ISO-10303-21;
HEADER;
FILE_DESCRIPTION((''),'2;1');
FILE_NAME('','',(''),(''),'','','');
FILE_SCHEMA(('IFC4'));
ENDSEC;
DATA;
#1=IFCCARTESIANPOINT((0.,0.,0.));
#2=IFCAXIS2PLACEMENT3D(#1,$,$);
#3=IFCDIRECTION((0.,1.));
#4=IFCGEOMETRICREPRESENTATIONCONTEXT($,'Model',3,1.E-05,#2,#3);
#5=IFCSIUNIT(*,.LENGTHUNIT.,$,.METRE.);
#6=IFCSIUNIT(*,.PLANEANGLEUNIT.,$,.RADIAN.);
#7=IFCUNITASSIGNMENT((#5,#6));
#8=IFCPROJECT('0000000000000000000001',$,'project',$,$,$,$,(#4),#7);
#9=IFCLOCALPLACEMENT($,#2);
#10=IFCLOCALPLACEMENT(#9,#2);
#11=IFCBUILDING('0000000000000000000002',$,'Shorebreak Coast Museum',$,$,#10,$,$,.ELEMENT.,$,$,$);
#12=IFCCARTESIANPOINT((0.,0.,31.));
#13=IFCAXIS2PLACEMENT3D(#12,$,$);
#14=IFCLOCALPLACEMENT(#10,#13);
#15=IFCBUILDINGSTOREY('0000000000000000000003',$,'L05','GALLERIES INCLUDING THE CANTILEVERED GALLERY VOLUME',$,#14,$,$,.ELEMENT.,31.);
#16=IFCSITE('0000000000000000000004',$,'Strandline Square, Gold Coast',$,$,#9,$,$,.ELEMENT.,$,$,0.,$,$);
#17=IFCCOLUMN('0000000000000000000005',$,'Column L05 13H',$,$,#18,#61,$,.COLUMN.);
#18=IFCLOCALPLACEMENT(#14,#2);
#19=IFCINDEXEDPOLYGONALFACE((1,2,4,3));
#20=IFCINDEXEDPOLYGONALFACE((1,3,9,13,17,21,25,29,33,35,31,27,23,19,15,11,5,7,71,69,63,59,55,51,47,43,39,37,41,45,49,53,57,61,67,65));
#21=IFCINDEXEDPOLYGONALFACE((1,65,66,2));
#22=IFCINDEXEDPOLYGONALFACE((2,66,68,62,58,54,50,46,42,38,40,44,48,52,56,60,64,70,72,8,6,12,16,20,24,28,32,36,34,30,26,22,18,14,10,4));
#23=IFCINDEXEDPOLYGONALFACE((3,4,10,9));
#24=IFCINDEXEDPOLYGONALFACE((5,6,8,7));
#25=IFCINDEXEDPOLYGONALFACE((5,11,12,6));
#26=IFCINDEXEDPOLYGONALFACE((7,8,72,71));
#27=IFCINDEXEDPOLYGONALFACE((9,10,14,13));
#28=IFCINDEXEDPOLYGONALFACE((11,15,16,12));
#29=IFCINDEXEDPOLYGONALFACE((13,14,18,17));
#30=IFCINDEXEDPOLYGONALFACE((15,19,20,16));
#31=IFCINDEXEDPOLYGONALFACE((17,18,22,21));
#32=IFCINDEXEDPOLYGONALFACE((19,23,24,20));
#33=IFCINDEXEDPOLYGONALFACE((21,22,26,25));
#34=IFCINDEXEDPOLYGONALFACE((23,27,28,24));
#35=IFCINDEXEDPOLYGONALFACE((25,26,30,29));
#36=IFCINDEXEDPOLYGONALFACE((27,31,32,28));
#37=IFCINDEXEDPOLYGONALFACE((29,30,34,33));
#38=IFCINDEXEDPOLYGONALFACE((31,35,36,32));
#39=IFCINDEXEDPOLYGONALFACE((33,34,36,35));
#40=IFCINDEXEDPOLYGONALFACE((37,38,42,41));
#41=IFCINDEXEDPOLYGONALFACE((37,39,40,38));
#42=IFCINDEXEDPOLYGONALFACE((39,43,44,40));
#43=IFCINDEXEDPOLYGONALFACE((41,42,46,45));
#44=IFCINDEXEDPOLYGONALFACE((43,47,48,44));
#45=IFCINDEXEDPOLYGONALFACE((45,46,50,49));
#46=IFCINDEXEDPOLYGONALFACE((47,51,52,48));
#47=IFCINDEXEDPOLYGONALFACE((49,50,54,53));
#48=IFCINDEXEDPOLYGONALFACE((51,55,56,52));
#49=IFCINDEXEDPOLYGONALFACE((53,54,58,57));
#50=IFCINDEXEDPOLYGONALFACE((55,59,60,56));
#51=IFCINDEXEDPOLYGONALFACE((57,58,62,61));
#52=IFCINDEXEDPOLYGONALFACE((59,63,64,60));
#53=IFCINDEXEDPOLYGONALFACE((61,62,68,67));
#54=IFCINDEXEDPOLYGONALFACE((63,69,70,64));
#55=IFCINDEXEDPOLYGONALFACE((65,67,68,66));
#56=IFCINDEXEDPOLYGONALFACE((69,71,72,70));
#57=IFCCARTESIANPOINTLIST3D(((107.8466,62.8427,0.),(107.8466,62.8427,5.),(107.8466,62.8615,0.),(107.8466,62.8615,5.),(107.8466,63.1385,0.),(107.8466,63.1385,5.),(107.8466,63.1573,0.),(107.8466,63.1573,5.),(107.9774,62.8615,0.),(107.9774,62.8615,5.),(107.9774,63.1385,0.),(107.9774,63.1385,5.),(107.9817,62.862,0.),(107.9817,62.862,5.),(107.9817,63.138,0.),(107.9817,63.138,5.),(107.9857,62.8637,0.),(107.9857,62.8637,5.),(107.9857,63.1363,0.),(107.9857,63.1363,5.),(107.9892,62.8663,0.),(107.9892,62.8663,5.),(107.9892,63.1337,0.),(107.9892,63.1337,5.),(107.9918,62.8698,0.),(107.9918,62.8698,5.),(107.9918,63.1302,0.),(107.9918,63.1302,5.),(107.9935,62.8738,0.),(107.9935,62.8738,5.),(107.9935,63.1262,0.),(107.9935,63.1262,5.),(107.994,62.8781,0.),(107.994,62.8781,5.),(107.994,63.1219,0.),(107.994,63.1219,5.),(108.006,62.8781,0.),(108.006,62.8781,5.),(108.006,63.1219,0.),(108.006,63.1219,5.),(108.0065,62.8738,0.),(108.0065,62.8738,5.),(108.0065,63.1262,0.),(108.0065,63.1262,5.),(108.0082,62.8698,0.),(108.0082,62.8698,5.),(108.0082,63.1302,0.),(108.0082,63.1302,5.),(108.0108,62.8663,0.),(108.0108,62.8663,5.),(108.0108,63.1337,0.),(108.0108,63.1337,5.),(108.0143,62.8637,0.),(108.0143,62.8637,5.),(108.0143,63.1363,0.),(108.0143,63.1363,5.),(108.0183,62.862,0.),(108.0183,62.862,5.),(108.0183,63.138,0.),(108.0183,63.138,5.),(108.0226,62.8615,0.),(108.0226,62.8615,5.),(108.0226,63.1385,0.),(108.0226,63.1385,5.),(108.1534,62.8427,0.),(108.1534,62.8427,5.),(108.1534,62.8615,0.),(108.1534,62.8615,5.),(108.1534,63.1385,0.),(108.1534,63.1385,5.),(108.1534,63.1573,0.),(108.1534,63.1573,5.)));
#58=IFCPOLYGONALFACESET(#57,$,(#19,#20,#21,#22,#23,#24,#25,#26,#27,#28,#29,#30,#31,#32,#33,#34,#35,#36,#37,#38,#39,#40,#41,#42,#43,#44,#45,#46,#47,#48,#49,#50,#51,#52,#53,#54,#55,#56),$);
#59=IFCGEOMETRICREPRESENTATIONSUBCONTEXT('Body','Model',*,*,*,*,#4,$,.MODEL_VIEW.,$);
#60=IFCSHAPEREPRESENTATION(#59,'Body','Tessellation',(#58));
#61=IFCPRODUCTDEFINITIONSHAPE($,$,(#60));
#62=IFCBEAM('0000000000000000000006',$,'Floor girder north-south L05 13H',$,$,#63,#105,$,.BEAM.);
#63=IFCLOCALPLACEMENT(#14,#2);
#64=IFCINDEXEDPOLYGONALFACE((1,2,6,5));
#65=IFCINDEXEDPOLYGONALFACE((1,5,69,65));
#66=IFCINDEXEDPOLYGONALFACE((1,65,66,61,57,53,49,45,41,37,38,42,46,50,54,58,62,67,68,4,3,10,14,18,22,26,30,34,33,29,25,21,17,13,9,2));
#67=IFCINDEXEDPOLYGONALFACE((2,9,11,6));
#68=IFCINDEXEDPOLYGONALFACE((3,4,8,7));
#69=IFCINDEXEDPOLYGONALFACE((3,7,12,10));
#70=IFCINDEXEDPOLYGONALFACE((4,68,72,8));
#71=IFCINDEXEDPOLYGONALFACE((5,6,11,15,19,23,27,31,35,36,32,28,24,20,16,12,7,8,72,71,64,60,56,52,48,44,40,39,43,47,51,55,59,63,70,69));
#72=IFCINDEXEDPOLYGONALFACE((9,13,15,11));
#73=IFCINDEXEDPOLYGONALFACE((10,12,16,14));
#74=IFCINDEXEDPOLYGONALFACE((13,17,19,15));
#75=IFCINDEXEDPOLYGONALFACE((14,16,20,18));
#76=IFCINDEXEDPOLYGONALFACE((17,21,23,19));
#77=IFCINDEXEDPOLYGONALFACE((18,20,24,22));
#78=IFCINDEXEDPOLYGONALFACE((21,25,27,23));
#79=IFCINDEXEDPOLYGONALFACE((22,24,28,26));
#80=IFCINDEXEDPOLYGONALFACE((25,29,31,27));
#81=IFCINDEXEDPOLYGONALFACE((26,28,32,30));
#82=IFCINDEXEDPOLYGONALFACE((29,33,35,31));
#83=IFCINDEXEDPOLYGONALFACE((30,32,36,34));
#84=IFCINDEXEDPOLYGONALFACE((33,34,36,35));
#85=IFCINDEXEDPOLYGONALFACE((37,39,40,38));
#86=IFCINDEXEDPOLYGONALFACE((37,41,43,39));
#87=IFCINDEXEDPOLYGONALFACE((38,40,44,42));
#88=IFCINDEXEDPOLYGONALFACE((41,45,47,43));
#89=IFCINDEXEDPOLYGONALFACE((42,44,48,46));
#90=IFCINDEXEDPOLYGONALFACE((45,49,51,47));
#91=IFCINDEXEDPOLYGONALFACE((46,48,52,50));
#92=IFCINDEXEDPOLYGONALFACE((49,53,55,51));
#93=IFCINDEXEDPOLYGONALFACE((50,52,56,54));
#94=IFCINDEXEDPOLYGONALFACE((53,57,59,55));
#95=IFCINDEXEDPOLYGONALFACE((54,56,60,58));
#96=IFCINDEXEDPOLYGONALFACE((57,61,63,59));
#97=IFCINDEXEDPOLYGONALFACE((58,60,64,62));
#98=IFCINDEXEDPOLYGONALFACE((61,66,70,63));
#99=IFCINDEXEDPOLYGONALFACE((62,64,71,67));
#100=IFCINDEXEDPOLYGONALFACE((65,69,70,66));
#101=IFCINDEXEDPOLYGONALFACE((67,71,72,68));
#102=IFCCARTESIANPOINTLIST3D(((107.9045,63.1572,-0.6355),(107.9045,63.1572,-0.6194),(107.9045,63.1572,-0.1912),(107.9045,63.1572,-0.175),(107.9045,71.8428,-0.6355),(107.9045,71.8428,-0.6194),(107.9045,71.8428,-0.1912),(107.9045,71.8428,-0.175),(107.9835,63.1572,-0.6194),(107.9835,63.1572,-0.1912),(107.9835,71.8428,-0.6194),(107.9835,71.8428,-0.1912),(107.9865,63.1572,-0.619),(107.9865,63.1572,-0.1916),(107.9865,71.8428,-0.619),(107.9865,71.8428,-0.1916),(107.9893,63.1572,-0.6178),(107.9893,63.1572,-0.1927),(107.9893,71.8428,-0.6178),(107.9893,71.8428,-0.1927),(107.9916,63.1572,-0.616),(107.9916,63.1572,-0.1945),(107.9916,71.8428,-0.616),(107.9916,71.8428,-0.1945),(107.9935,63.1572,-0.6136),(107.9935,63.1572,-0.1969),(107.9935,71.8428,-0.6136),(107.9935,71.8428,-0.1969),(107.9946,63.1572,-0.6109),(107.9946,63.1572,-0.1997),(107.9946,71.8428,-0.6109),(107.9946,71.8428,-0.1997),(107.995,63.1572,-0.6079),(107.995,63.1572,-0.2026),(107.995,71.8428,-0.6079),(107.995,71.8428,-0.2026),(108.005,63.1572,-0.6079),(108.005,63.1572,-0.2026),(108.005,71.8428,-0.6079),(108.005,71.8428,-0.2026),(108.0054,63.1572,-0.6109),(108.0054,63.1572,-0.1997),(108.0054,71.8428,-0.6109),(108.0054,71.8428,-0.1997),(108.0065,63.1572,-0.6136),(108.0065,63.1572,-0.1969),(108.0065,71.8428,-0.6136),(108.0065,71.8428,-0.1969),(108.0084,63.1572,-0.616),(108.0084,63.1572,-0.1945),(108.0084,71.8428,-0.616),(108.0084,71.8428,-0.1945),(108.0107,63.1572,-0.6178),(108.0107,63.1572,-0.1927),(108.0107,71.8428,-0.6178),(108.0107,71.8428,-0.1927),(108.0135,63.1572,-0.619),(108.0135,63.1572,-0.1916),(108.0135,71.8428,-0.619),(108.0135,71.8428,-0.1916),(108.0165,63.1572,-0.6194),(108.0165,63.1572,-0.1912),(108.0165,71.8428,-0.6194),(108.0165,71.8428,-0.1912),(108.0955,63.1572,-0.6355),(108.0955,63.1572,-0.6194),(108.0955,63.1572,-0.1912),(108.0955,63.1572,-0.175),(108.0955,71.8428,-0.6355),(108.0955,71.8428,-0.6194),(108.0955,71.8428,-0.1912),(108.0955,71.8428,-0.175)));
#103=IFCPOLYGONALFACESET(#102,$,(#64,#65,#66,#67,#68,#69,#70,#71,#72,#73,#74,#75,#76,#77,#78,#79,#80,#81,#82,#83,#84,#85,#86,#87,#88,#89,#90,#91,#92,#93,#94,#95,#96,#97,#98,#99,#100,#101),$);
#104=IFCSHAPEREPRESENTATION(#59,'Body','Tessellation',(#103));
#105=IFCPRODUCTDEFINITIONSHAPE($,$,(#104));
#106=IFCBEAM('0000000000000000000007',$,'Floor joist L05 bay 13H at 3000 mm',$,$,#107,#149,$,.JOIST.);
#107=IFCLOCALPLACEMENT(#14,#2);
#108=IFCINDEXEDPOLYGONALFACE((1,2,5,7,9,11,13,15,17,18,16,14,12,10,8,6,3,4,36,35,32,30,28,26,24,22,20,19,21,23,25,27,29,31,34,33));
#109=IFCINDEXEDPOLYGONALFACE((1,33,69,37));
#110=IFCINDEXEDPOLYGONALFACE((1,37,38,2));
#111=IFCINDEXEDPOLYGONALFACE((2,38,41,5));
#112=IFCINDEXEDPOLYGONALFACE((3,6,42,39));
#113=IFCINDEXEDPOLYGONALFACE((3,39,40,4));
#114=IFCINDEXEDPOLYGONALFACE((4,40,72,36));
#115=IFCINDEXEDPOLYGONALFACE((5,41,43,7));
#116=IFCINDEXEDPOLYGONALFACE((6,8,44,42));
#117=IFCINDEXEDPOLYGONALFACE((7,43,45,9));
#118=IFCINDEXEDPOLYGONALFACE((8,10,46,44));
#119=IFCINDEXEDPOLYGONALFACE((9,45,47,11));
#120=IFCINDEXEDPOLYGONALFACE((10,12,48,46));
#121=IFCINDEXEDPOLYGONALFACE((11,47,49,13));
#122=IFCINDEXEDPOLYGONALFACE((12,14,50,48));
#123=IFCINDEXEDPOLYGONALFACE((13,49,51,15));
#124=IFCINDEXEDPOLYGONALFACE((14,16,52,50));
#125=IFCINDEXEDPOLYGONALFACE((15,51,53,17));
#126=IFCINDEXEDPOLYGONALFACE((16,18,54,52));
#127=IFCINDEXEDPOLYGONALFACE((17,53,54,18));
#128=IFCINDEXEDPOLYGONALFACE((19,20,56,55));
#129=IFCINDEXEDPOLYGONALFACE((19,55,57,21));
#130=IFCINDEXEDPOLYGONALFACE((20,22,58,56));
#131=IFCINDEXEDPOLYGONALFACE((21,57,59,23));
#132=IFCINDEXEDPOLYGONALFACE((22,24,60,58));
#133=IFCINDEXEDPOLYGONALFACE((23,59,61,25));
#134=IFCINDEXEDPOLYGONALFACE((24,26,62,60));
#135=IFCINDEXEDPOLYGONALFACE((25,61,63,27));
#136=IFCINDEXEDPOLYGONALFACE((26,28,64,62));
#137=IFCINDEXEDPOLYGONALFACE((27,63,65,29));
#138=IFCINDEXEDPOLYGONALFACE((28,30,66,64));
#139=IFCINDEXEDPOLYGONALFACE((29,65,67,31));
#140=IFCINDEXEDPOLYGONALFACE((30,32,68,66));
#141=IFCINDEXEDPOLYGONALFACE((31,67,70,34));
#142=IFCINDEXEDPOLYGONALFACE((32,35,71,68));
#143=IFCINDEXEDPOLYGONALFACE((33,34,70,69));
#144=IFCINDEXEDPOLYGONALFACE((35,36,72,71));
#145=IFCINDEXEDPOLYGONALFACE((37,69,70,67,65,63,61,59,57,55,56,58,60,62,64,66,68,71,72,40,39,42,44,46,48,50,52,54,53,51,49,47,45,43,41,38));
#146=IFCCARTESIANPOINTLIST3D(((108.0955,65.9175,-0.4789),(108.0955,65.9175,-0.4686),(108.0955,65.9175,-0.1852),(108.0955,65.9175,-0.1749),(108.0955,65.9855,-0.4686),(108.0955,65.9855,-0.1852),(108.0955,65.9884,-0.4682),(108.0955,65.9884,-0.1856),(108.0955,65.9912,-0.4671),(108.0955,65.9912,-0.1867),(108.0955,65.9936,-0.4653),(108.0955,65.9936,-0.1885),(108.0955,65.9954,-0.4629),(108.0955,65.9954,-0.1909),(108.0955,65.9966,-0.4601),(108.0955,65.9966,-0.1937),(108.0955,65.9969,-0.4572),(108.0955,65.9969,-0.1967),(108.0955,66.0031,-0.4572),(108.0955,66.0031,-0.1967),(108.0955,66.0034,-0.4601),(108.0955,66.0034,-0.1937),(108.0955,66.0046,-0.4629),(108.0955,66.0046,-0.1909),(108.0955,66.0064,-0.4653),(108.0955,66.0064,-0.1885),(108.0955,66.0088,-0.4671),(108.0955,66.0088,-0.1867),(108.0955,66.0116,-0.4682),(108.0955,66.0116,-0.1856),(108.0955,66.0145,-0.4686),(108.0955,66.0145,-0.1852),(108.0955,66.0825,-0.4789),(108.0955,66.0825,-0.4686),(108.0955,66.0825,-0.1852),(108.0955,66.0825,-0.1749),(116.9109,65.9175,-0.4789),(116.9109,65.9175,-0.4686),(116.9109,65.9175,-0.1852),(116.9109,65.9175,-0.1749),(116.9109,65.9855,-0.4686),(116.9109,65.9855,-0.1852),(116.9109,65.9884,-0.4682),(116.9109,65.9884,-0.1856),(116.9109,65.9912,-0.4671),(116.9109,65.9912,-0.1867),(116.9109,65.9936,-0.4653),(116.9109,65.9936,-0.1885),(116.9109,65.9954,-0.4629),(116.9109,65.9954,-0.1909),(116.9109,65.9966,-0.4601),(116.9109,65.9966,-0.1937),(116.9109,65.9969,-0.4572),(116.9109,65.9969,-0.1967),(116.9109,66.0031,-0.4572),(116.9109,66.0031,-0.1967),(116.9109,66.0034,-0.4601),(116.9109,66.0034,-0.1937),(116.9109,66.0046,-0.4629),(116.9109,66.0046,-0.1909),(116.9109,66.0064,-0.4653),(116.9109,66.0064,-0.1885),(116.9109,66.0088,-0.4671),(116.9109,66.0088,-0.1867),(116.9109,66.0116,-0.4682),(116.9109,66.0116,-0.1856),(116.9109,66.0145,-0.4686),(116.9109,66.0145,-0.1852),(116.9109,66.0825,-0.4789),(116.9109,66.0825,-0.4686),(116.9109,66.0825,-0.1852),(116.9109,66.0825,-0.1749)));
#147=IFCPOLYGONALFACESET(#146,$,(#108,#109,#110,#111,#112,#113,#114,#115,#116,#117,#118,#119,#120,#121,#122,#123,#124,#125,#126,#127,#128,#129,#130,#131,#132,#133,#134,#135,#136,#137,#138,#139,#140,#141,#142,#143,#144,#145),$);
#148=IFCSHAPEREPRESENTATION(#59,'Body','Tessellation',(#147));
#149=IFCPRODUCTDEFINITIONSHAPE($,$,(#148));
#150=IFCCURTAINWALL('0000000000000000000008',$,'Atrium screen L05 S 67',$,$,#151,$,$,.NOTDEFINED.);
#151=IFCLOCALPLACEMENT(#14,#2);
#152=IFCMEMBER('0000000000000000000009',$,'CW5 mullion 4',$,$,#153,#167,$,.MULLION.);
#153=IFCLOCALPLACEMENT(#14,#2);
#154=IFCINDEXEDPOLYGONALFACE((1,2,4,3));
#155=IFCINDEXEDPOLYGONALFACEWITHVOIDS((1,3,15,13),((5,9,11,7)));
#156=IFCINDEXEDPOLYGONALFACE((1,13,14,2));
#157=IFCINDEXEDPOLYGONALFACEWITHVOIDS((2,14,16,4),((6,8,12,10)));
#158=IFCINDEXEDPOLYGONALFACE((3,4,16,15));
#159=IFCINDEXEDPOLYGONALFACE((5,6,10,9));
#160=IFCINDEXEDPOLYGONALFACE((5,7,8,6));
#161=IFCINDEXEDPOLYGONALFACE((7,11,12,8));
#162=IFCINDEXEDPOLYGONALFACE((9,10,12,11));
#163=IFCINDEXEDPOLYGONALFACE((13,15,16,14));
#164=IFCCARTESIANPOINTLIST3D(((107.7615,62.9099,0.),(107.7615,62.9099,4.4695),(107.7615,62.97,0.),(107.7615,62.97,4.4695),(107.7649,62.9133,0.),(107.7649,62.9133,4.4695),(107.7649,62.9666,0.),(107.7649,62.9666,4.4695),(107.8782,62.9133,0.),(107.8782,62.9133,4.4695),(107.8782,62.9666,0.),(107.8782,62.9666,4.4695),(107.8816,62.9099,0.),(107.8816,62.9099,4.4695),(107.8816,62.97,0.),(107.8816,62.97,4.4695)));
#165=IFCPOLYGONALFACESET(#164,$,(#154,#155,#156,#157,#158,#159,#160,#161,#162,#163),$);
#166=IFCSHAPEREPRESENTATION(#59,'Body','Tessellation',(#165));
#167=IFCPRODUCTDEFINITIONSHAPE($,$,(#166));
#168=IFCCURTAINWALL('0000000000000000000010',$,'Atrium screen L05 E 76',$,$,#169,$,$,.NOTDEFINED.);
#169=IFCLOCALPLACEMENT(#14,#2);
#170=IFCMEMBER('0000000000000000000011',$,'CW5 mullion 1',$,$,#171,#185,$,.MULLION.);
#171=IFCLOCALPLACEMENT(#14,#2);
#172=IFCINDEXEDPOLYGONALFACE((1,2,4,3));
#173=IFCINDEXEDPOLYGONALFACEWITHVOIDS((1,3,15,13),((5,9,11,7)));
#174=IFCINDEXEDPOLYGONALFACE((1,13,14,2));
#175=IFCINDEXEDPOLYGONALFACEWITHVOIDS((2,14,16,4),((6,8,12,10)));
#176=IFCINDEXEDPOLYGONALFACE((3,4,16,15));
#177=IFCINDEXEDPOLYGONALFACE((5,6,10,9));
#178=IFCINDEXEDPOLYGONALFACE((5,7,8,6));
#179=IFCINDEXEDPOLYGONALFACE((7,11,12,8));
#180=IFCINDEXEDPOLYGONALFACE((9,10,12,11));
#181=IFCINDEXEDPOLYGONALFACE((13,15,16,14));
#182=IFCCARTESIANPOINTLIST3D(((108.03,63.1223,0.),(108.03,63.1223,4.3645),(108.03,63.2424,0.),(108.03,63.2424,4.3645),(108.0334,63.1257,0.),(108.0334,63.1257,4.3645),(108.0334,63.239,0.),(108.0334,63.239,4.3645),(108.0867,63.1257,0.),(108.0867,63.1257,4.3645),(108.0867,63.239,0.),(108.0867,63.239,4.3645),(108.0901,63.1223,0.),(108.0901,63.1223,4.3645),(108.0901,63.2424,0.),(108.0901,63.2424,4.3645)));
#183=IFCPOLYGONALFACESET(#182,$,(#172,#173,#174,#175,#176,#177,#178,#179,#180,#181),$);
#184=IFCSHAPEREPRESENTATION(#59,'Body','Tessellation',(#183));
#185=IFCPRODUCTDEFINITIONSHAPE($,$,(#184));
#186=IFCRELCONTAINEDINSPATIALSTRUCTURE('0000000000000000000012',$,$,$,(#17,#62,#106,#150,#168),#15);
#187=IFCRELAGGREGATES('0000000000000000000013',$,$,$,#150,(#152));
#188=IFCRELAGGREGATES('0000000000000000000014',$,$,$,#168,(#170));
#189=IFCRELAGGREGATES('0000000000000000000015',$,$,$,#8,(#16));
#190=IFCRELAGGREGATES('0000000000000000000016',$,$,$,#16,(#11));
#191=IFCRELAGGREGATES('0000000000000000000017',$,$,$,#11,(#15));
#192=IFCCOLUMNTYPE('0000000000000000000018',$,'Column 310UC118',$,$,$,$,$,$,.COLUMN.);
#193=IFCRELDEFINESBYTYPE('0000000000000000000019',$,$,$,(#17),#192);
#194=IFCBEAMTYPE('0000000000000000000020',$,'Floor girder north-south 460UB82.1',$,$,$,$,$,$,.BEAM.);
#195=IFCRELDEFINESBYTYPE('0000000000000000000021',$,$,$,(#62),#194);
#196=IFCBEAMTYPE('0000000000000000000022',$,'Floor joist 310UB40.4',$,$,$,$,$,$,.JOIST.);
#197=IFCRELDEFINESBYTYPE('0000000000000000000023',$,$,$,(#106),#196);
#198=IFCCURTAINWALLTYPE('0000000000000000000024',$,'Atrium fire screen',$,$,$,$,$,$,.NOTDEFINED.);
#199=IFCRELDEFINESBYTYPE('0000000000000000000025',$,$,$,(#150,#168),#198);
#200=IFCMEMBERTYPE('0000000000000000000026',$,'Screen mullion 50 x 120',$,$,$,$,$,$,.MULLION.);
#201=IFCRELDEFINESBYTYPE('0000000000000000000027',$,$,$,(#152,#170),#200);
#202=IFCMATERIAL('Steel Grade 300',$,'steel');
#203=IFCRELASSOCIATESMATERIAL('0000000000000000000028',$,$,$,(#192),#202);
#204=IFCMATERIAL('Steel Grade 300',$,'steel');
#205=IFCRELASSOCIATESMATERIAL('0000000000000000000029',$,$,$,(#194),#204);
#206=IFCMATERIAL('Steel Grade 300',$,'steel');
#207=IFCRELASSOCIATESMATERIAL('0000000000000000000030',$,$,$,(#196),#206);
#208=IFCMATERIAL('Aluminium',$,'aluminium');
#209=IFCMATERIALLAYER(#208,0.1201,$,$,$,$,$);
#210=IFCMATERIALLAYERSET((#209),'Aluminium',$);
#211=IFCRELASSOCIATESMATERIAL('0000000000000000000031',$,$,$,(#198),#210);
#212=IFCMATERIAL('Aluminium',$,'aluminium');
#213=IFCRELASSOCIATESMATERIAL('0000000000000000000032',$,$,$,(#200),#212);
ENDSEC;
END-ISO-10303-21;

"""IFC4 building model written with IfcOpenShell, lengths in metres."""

from ifc_helpers import new_model, si_unit, direction, frame, origin, origin_2d, place, context, subcontext, project, spatial, hollow_rectangle, i_section, extrude, material, layer, layer_set, material_profile, profile_set, type_object, element, aggregate, save


model = new_model("IFC4")

# Units and contexts
model_context = context("Model", 3, precision=1e-05, world=origin(), true_north=direction((0.0, 1.0)))
body_context = subcontext(model_context, "Body", "Model", "MODEL_VIEW")
ifc_project = project(units=[si_unit("LENGTHUNIT", "METRE"), si_unit("PLANEANGLEUNIT", "RADIAN")], contexts=[model_context])

# Site, building, storey
site_placement = place(None, origin())
site = spatial("IfcSite", under=ifc_project, at=site_placement, Name="Strandline Square, Gold Coast", CompositionType="ELEMENT", RefElevation=0.0)
building_placement = place(site_placement, origin())
building = spatial("IfcBuilding", under=site, at=building_placement, Name="Shorebreak Coast Museum", CompositionType="ELEMENT")
storey_placement = place(building_placement, frame((0.0, 0.0, 31.0)))
storey = spatial("IfcBuildingStorey", under=building, at=storey_placement, Name="L05", Description="GALLERIES INCLUDING THE CANTILEVERED GALLERY VOLUME", CompositionType="ELEMENT", Elevation=31.0)

# Column
ifc_material_1 = material(Name="Steel Grade 300", Category="steel")
ifc_material_profile_1 = material_profile(ifc_material_1, i_section(OverallWidth=0.3069, OverallDepth=0.3147, WebThickness=0.012, FlangeThickness=0.0188, FilletRadius=0.0166, at=origin_2d()), Name="310UC118")
ifc_profile_set_1 = profile_set([ifc_material_profile_1], Name="Steel Grade 300")
column_type = type_object("IfcColumnType", Name="Column 310UC118", PredefinedType="COLUMN", material=ifc_profile_set_1)
column_placement = place(storey_placement, frame((108.0, 63.0, 0.0), z_axis=(0.0, 0.0, 1.0), x_axis=(1.0, 0.0, 0.0)))
element("IfcColumn", 1, at=column_placement, inside=storey, type_object=column_type, Name="Column L05 13H", PredefinedType="COLUMN", context=body_context, shape_type="SweptSolid", body=[
    extrude(i_section(OverallWidth=0.3069, OverallDepth=0.3147, WebThickness=0.012, FlangeThickness=0.0188, FilletRadius=0.0166, at=origin_2d()), origin(), (0.0, 0.0, 1.0), 5.0),
])

# Beams
ifc_material_2 = material(Name="Steel Grade 300", Category="steel")
ifc_material_profile_2 = material_profile(ifc_material_2, i_section(OverallWidth=0.1909, OverallDepth=0.4604, WebThickness=0.01, FlangeThickness=0.0161, FilletRadius=0.0115, at=origin_2d()), Name="460UB82.1")
ifc_profile_set_2 = profile_set([ifc_material_profile_2], Name="Steel Grade 300")
beam_type_1 = type_object("IfcBeamType", Name="Floor girder north-south 460UB82.1", PredefinedType="BEAM", material=ifc_profile_set_2)
beam_1_placement = place(storey_placement, frame((108.0, 63.1572, -0.4053), z_axis=(0.0, 1.0, 0.0), x_axis=(-1.0, 0.0, 0.0)))
element("IfcBeam", 2, at=beam_1_placement, inside=storey, type_object=beam_type_1, Name="Floor girder north-south L05 13H", PredefinedType="BEAM", context=body_context, shape_type="SweptSolid", body=[
    extrude(i_section(OverallWidth=0.1909, OverallDepth=0.4604, WebThickness=0.01, FlangeThickness=0.0161, FilletRadius=0.0115, at=origin_2d()), origin(), (0.0, 0.0, 1.0), 8.6855),
])
ifc_material_3 = material(Name="Steel Grade 300", Category="steel")
ifc_material_profile_3 = material_profile(ifc_material_3, i_section(OverallWidth=0.165, OverallDepth=0.304, WebThickness=0.0061, FlangeThickness=0.0103, FilletRadius=0.0115, at=origin_2d()), Name="310UB40.4")
ifc_profile_set_3 = profile_set([ifc_material_profile_3], Name="Steel Grade 300")
beam_type_2 = type_object("IfcBeamType", Name="Floor joist 310UB40.4", PredefinedType="JOIST", material=ifc_profile_set_3)
beam_2_placement = place(storey_placement, frame((108.0955, 66.0, -0.3269), z_axis=(1.0, 0.0, 0.0), x_axis=(0.0, 1.0, 0.0)))
element("IfcBeam", 3, at=beam_2_placement, inside=storey, type_object=beam_type_2, Name="Floor joist L05 bay 13H at 3000 mm", PredefinedType="JOIST", context=body_context, shape_type="SweptSolid", body=[
    extrude(i_section(OverallWidth=0.165, OverallDepth=0.304, WebThickness=0.0061, FlangeThickness=0.0103, FilletRadius=0.0115, at=origin_2d()), origin(), (0.0, 0.0, 1.0), 8.8154),
])

# Curtain wall, member
ifc_material_4 = material(Name="Aluminium", Category="aluminium")
ifc_layer_1 = layer(ifc_material_4, 0.1201)
ifc_layer_set_1 = layer_set([ifc_layer_1], Name="Aluminium")
curtain_wall_type = type_object("IfcCurtainWallType", Name="Atrium fire screen", PredefinedType="NOTDEFINED", material=ifc_layer_set_1)
curtain_wall_1_placement = place(storey_placement, origin())
curtain_wall_1 = element("IfcCurtainWall", 4, at=curtain_wall_1_placement, inside=storey, type_object=curtain_wall_type, Name="Atrium screen L05 S 67", PredefinedType="NOTDEFINED")
ifc_material_5 = material(Name="Aluminium", Category="aluminium")
ifc_material_profile_4 = material_profile(ifc_material_5, hollow_rectangle(XDim=0.0601, YDim=0.1201, WallThickness=0.0034, at=origin_2d()), Name="AL 120x60 RHS")
ifc_profile_set_4 = profile_set([ifc_material_profile_4], Name="Aluminium")
member_type_1 = type_object("IfcMemberType", Name="Screen mullion 50 x 120", PredefinedType="MULLION", material=ifc_profile_set_4)
member_1_placement = place(storey_placement, frame((107.8215, 62.9399, 0.0), z_axis=(0.0, 0.0, 1.0), x_axis=(0.0, 1.0, 0.0)))
member_1 = element("IfcMember", 5, at=member_1_placement, type_object=member_type_1, Name="CW5 mullion 4", PredefinedType="MULLION", context=body_context, shape_type="SweptSolid", body=[
    extrude(hollow_rectangle(XDim=0.0601, YDim=0.1201, WallThickness=0.0034, at=origin_2d()), origin(), (0.0, 0.0, 1.0), 4.4695),
])

# Curtain wall, member
curtain_wall_2_placement = place(storey_placement, origin())
curtain_wall_2 = element("IfcCurtainWall", 6, at=curtain_wall_2_placement, inside=storey, type_object=curtain_wall_type, Name="Atrium screen L05 E 76", PredefinedType="NOTDEFINED")
member_2_placement = place(storey_placement, frame((108.0601, 63.1824, 0.0), z_axis=(0.0, 0.0, 1.0), x_axis=(-1.0, 0.0, 0.0)))
member_2 = element("IfcMember", 7, at=member_2_placement, type_object=member_type_1, Name="CW5 mullion 1", PredefinedType="MULLION", context=body_context, shape_type="SweptSolid", body=[
    extrude(hollow_rectangle(XDim=0.0601, YDim=0.1201, WallThickness=0.0034, at=origin_2d()), origin(), (0.0, 0.0, 1.0), 4.3645),
])

aggregate(curtain_wall_1, [member_1])
aggregate(curtain_wall_2, [member_2])

save(model, "model.ifc")
